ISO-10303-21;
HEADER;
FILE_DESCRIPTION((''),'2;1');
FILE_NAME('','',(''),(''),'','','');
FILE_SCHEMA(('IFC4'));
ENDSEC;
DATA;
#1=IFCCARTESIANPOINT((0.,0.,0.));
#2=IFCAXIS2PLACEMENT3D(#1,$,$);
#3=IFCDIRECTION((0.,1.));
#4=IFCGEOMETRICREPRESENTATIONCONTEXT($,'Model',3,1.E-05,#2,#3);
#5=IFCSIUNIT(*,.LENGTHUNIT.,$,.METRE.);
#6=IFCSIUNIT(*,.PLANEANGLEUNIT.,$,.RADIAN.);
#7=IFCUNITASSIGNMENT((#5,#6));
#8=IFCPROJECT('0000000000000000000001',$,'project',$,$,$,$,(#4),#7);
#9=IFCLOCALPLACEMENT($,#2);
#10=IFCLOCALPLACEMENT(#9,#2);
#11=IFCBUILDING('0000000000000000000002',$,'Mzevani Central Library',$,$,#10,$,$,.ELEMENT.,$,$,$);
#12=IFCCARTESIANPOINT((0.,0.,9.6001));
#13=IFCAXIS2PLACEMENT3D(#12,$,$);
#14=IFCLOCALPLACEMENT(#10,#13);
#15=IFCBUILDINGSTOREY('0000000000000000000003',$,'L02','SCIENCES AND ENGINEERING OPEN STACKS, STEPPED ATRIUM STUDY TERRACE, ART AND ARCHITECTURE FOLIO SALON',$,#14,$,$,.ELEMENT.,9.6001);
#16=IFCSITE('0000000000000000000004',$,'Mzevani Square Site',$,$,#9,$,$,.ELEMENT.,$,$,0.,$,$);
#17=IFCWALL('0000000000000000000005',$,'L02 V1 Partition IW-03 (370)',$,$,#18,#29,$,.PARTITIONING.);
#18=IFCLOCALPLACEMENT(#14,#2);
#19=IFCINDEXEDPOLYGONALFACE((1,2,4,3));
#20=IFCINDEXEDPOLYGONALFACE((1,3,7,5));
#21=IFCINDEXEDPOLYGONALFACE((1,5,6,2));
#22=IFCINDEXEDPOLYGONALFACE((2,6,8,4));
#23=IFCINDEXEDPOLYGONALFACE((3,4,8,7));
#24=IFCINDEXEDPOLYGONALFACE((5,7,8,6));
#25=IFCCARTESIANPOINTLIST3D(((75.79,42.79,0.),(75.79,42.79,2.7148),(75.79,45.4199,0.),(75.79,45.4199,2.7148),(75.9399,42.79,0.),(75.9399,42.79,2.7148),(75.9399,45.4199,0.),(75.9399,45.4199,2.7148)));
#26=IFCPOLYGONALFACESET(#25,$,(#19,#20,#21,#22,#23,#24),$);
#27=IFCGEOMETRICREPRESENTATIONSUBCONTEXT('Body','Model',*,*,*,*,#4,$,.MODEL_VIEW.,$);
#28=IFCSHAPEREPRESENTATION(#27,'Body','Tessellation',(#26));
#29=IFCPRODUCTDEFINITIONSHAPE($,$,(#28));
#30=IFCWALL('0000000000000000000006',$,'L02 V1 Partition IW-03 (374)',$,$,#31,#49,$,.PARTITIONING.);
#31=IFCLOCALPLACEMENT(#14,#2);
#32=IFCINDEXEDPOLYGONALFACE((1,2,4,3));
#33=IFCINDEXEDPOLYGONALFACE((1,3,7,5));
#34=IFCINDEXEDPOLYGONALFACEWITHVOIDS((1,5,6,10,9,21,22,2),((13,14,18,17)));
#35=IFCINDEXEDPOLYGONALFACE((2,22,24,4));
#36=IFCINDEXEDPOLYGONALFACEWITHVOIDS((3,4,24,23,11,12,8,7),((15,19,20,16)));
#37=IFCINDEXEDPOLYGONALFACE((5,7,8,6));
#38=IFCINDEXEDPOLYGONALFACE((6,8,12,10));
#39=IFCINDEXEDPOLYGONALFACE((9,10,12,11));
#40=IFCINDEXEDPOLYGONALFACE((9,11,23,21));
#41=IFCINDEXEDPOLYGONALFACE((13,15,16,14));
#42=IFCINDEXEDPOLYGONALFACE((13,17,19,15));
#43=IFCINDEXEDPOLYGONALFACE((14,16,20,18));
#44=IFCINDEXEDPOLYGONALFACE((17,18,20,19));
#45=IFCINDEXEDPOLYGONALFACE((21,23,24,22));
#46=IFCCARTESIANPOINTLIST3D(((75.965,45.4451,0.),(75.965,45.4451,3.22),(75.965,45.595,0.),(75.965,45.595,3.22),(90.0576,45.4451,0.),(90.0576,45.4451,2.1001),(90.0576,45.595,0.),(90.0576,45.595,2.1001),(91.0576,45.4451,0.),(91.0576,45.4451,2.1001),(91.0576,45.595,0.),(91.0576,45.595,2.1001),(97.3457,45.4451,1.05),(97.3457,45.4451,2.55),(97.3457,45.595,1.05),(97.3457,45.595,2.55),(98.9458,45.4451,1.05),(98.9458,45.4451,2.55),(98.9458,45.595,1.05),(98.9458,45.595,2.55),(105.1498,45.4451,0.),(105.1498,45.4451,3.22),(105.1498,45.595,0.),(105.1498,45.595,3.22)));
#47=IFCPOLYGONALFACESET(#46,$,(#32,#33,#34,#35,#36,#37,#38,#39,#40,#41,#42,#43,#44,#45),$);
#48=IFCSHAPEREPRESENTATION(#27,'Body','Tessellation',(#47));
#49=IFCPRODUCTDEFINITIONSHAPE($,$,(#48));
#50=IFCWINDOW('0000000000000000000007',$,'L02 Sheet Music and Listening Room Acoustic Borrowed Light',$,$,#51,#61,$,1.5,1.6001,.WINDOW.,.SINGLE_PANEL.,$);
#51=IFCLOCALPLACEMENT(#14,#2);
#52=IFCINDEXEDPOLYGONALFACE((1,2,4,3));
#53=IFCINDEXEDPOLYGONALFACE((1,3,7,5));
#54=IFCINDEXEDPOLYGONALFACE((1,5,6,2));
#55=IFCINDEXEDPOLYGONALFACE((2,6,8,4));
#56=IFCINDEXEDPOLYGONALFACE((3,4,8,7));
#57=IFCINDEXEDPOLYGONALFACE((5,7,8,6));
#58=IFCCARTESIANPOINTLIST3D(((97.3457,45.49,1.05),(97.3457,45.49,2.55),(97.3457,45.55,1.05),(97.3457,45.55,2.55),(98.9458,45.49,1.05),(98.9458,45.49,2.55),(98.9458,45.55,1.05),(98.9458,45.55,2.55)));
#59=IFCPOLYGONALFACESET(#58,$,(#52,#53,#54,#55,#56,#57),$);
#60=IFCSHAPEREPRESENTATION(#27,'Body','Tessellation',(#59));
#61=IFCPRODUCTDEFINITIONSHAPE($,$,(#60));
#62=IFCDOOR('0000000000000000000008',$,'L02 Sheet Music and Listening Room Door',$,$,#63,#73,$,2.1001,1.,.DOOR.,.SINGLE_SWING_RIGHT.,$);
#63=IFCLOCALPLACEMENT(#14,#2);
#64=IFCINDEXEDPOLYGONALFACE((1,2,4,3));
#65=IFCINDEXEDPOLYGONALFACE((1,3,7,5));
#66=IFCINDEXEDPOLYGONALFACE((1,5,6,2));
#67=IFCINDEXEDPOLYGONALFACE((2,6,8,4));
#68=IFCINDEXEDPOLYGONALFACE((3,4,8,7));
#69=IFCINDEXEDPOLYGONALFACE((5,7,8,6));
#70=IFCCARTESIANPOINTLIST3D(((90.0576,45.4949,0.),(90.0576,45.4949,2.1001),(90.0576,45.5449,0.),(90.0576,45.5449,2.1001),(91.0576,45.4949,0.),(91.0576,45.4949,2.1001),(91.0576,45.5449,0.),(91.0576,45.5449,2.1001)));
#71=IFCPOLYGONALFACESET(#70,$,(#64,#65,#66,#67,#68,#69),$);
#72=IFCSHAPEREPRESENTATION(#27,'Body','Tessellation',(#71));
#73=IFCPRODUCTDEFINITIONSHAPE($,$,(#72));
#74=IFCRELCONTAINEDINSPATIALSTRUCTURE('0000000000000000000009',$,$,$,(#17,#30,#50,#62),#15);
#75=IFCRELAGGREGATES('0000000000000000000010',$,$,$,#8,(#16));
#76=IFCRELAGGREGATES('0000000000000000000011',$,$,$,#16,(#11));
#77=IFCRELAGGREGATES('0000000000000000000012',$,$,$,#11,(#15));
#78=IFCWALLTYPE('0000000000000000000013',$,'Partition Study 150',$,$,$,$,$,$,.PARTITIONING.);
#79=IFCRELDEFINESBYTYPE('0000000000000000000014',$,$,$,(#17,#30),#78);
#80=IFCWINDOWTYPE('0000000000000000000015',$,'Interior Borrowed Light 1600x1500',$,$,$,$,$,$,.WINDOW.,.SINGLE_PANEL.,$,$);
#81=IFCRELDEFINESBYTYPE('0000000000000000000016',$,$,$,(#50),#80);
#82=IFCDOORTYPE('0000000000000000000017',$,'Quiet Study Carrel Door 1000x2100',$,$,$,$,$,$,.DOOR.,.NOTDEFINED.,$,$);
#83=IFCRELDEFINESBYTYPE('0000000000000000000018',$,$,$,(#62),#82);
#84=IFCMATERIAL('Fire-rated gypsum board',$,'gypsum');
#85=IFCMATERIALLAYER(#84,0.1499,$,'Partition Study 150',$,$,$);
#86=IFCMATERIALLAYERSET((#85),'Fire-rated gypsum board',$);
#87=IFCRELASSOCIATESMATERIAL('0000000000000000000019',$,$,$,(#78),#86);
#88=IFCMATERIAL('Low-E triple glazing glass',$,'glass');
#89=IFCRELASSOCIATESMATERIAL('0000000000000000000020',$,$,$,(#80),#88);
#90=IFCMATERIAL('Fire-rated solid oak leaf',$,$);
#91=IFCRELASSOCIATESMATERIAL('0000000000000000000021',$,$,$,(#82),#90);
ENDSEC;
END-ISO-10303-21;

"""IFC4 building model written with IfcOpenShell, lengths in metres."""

from ifc_helpers import new_model, si_unit, direction, frame, frame_2d, origin, place, context, subcontext, project, spatial, rectangle, extrude, material, layer, layer_set, type_object, element, fill, save


model = new_model("IFC4")

# Units and contexts
model_context = context("Model", 3, precision=1e-05, world=origin(), true_north=direction((0.0, 1.0)))
body_context = subcontext(model_context, "Body", "Model", "MODEL_VIEW")
ifc_project = project(units=[si_unit("LENGTHUNIT", "METRE"), si_unit("PLANEANGLEUNIT", "RADIAN")], contexts=[model_context])

# Site, building, storey
site_placement = place(None, origin())
site = spatial("IfcSite", under=ifc_project, at=site_placement, Name="Mzevani Square Site", CompositionType="ELEMENT", RefElevation=0.0)
building_placement = place(site_placement, origin())
building = spatial("IfcBuilding", under=site, at=building_placement, Name="Mzevani Central Library", CompositionType="ELEMENT")
storey_placement = place(building_placement, frame((0.0, 0.0, 9.6001)))
storey = spatial("IfcBuildingStorey", under=building, at=storey_placement, Name="L02", Description="SCIENCES AND ENGINEERING OPEN STACKS, STEPPED ATRIUM STUDY TERRACE, ART AND ARCHITECTURE FOLIO SALON", CompositionType="ELEMENT", Elevation=9.6001)

# Shared definitions
ifc_material_1 = material(Name="Low-E triple glazing glass", Category="glass")

# Wall
ifc_material_2 = material(Name="Fire-rated gypsum board", Category="gypsum")
ifc_layer_1 = layer(ifc_material_2, 0.1499, Name="Partition Study 150")
ifc_layer_set_1 = layer_set([ifc_layer_1], Name="Fire-rated gypsum board")
wall_type_1 = type_object("IfcWallType", Name="Partition Study 150", PredefinedType="PARTITIONING", material=ifc_layer_set_1)
wall_1_placement = place(storey_placement, frame((75.865, 45.4199, 0.0), z_axis=(0.0, 0.0, 1.0), x_axis=(0.0, -1.0, 0.0)))
element("IfcWall", 1, at=wall_1_placement, inside=storey, type_object=wall_type_1, Name="L02 V1 Partition IW-03 (370)", PredefinedType="PARTITIONING", context=body_context, shape_type="SweptSolid", body=[
    extrude(rectangle(XDim=2.6299, YDim=0.1499, at=frame_2d((1.3149, 0.0))), origin(), (0.0, 0.0, 1.0), 2.7148),
])

# Wall, openings, window, door
wall_2_placement = place(storey_placement, frame((75.9651, 45.52, 0.0), z_axis=(0.0, 0.0, 1.0), x_axis=(1.0, 0.0, 0.0)))
wall_2 = element("IfcWall", 2, at=wall_2_placement, inside=storey, type_object=wall_type_1, Name="L02 V1 Partition IW-03 (374)", PredefinedType="PARTITIONING", context=body_context, shape_type="SweptSolid", body=[
    extrude(rectangle(XDim=29.1848, YDim=0.1499, at=frame_2d((14.5923, 0.0))), origin(), (0.0, 0.0, 1.0), 3.22),
])
opening_1_placement = place(wall_2_placement, frame((14.0925, 0.0, 0.0)))
opening_1 = element("IfcOpeningElement", 3, at=opening_1_placement, cuts=wall_2, PredefinedType="OPENING", context=body_context, shape_type="SweptSolid", body=[
    extrude(rectangle(XDim=1.0, YDim=2.1001, at=frame_2d((0.5, 1.05))), frame((0.0, 0.085, 0.0), z_axis=(0.0, -1.0, 0.0), x_axis=(1.0, 0.0, 0.0)), (0.0, 0.0, 1.0), 0.1699),
])
opening_2_placement = place(wall_2_placement, frame((21.3806, 0.0, 1.05)))
opening_2 = element("IfcOpeningElement", 4, at=opening_2_placement, cuts=wall_2, PredefinedType="OPENING", context=body_context, shape_type="SweptSolid", body=[
    extrude(rectangle(XDim=1.6001, YDim=1.5, at=frame_2d((0.8, 0.75))), frame((0.0, 0.085, 0.0), z_axis=(0.0, -1.0, 0.0), x_axis=(1.0, 0.0, 0.0)), (0.0, 0.0, 1.0), 0.1699),
])
window_type = type_object("IfcWindowType", Name="Interior Borrowed Light 1600x1500", PartitioningType="SINGLE_PANEL", PredefinedType="WINDOW", material=ifc_material_1)
window_placement = place(opening_2_placement, origin())
window = element("IfcWindow", 5, at=window_placement, inside=storey, type_object=window_type, Name="L02 Sheet Music and Listening Room Acoustic Borrowed Light", OverallHeight=1.5, OverallWidth=1.6001, PartitioningType="SINGLE_PANEL", PredefinedType="WINDOW", context=body_context, shape_type="SweptSolid", body=[
    extrude(rectangle(XDim=1.6001, YDim=1.5, at=frame_2d((0.8, 0.75))), frame((0.0, 0.03, 0.0), z_axis=(0.0, -1.0, 0.0), x_axis=(1.0, 0.0, 0.0)), (0.0, 0.0, 1.0), 0.0601),
])
fill(opening_2, window)
ifc_material_3 = material(Name="Fire-rated solid oak leaf")
door_type = type_object("IfcDoorType", Name="Quiet Study Carrel Door 1000x2100", OperationType="NOTDEFINED", PredefinedType="DOOR", material=ifc_material_3)
door_placement = place(opening_1_placement, origin())
door = element("IfcDoor", 6, at=door_placement, inside=storey, type_object=door_type, Name="L02 Sheet Music and Listening Room Door", OperationType="SINGLE_SWING_RIGHT", OverallHeight=2.1001, OverallWidth=1.0, PredefinedType="DOOR", context=body_context, shape_type="SweptSolid", body=[
    extrude(rectangle(XDim=1.0, YDim=2.1001, at=frame_2d((0.5, 1.05))), frame((0.0, 0.0249, 0.0), z_axis=(0.0, -1.0, 0.0), x_axis=(1.0, 0.0, 0.0)), (0.0, 0.0, 1.0), 0.05),
])
fill(opening_1, door)

save(model, "model.ifc")
